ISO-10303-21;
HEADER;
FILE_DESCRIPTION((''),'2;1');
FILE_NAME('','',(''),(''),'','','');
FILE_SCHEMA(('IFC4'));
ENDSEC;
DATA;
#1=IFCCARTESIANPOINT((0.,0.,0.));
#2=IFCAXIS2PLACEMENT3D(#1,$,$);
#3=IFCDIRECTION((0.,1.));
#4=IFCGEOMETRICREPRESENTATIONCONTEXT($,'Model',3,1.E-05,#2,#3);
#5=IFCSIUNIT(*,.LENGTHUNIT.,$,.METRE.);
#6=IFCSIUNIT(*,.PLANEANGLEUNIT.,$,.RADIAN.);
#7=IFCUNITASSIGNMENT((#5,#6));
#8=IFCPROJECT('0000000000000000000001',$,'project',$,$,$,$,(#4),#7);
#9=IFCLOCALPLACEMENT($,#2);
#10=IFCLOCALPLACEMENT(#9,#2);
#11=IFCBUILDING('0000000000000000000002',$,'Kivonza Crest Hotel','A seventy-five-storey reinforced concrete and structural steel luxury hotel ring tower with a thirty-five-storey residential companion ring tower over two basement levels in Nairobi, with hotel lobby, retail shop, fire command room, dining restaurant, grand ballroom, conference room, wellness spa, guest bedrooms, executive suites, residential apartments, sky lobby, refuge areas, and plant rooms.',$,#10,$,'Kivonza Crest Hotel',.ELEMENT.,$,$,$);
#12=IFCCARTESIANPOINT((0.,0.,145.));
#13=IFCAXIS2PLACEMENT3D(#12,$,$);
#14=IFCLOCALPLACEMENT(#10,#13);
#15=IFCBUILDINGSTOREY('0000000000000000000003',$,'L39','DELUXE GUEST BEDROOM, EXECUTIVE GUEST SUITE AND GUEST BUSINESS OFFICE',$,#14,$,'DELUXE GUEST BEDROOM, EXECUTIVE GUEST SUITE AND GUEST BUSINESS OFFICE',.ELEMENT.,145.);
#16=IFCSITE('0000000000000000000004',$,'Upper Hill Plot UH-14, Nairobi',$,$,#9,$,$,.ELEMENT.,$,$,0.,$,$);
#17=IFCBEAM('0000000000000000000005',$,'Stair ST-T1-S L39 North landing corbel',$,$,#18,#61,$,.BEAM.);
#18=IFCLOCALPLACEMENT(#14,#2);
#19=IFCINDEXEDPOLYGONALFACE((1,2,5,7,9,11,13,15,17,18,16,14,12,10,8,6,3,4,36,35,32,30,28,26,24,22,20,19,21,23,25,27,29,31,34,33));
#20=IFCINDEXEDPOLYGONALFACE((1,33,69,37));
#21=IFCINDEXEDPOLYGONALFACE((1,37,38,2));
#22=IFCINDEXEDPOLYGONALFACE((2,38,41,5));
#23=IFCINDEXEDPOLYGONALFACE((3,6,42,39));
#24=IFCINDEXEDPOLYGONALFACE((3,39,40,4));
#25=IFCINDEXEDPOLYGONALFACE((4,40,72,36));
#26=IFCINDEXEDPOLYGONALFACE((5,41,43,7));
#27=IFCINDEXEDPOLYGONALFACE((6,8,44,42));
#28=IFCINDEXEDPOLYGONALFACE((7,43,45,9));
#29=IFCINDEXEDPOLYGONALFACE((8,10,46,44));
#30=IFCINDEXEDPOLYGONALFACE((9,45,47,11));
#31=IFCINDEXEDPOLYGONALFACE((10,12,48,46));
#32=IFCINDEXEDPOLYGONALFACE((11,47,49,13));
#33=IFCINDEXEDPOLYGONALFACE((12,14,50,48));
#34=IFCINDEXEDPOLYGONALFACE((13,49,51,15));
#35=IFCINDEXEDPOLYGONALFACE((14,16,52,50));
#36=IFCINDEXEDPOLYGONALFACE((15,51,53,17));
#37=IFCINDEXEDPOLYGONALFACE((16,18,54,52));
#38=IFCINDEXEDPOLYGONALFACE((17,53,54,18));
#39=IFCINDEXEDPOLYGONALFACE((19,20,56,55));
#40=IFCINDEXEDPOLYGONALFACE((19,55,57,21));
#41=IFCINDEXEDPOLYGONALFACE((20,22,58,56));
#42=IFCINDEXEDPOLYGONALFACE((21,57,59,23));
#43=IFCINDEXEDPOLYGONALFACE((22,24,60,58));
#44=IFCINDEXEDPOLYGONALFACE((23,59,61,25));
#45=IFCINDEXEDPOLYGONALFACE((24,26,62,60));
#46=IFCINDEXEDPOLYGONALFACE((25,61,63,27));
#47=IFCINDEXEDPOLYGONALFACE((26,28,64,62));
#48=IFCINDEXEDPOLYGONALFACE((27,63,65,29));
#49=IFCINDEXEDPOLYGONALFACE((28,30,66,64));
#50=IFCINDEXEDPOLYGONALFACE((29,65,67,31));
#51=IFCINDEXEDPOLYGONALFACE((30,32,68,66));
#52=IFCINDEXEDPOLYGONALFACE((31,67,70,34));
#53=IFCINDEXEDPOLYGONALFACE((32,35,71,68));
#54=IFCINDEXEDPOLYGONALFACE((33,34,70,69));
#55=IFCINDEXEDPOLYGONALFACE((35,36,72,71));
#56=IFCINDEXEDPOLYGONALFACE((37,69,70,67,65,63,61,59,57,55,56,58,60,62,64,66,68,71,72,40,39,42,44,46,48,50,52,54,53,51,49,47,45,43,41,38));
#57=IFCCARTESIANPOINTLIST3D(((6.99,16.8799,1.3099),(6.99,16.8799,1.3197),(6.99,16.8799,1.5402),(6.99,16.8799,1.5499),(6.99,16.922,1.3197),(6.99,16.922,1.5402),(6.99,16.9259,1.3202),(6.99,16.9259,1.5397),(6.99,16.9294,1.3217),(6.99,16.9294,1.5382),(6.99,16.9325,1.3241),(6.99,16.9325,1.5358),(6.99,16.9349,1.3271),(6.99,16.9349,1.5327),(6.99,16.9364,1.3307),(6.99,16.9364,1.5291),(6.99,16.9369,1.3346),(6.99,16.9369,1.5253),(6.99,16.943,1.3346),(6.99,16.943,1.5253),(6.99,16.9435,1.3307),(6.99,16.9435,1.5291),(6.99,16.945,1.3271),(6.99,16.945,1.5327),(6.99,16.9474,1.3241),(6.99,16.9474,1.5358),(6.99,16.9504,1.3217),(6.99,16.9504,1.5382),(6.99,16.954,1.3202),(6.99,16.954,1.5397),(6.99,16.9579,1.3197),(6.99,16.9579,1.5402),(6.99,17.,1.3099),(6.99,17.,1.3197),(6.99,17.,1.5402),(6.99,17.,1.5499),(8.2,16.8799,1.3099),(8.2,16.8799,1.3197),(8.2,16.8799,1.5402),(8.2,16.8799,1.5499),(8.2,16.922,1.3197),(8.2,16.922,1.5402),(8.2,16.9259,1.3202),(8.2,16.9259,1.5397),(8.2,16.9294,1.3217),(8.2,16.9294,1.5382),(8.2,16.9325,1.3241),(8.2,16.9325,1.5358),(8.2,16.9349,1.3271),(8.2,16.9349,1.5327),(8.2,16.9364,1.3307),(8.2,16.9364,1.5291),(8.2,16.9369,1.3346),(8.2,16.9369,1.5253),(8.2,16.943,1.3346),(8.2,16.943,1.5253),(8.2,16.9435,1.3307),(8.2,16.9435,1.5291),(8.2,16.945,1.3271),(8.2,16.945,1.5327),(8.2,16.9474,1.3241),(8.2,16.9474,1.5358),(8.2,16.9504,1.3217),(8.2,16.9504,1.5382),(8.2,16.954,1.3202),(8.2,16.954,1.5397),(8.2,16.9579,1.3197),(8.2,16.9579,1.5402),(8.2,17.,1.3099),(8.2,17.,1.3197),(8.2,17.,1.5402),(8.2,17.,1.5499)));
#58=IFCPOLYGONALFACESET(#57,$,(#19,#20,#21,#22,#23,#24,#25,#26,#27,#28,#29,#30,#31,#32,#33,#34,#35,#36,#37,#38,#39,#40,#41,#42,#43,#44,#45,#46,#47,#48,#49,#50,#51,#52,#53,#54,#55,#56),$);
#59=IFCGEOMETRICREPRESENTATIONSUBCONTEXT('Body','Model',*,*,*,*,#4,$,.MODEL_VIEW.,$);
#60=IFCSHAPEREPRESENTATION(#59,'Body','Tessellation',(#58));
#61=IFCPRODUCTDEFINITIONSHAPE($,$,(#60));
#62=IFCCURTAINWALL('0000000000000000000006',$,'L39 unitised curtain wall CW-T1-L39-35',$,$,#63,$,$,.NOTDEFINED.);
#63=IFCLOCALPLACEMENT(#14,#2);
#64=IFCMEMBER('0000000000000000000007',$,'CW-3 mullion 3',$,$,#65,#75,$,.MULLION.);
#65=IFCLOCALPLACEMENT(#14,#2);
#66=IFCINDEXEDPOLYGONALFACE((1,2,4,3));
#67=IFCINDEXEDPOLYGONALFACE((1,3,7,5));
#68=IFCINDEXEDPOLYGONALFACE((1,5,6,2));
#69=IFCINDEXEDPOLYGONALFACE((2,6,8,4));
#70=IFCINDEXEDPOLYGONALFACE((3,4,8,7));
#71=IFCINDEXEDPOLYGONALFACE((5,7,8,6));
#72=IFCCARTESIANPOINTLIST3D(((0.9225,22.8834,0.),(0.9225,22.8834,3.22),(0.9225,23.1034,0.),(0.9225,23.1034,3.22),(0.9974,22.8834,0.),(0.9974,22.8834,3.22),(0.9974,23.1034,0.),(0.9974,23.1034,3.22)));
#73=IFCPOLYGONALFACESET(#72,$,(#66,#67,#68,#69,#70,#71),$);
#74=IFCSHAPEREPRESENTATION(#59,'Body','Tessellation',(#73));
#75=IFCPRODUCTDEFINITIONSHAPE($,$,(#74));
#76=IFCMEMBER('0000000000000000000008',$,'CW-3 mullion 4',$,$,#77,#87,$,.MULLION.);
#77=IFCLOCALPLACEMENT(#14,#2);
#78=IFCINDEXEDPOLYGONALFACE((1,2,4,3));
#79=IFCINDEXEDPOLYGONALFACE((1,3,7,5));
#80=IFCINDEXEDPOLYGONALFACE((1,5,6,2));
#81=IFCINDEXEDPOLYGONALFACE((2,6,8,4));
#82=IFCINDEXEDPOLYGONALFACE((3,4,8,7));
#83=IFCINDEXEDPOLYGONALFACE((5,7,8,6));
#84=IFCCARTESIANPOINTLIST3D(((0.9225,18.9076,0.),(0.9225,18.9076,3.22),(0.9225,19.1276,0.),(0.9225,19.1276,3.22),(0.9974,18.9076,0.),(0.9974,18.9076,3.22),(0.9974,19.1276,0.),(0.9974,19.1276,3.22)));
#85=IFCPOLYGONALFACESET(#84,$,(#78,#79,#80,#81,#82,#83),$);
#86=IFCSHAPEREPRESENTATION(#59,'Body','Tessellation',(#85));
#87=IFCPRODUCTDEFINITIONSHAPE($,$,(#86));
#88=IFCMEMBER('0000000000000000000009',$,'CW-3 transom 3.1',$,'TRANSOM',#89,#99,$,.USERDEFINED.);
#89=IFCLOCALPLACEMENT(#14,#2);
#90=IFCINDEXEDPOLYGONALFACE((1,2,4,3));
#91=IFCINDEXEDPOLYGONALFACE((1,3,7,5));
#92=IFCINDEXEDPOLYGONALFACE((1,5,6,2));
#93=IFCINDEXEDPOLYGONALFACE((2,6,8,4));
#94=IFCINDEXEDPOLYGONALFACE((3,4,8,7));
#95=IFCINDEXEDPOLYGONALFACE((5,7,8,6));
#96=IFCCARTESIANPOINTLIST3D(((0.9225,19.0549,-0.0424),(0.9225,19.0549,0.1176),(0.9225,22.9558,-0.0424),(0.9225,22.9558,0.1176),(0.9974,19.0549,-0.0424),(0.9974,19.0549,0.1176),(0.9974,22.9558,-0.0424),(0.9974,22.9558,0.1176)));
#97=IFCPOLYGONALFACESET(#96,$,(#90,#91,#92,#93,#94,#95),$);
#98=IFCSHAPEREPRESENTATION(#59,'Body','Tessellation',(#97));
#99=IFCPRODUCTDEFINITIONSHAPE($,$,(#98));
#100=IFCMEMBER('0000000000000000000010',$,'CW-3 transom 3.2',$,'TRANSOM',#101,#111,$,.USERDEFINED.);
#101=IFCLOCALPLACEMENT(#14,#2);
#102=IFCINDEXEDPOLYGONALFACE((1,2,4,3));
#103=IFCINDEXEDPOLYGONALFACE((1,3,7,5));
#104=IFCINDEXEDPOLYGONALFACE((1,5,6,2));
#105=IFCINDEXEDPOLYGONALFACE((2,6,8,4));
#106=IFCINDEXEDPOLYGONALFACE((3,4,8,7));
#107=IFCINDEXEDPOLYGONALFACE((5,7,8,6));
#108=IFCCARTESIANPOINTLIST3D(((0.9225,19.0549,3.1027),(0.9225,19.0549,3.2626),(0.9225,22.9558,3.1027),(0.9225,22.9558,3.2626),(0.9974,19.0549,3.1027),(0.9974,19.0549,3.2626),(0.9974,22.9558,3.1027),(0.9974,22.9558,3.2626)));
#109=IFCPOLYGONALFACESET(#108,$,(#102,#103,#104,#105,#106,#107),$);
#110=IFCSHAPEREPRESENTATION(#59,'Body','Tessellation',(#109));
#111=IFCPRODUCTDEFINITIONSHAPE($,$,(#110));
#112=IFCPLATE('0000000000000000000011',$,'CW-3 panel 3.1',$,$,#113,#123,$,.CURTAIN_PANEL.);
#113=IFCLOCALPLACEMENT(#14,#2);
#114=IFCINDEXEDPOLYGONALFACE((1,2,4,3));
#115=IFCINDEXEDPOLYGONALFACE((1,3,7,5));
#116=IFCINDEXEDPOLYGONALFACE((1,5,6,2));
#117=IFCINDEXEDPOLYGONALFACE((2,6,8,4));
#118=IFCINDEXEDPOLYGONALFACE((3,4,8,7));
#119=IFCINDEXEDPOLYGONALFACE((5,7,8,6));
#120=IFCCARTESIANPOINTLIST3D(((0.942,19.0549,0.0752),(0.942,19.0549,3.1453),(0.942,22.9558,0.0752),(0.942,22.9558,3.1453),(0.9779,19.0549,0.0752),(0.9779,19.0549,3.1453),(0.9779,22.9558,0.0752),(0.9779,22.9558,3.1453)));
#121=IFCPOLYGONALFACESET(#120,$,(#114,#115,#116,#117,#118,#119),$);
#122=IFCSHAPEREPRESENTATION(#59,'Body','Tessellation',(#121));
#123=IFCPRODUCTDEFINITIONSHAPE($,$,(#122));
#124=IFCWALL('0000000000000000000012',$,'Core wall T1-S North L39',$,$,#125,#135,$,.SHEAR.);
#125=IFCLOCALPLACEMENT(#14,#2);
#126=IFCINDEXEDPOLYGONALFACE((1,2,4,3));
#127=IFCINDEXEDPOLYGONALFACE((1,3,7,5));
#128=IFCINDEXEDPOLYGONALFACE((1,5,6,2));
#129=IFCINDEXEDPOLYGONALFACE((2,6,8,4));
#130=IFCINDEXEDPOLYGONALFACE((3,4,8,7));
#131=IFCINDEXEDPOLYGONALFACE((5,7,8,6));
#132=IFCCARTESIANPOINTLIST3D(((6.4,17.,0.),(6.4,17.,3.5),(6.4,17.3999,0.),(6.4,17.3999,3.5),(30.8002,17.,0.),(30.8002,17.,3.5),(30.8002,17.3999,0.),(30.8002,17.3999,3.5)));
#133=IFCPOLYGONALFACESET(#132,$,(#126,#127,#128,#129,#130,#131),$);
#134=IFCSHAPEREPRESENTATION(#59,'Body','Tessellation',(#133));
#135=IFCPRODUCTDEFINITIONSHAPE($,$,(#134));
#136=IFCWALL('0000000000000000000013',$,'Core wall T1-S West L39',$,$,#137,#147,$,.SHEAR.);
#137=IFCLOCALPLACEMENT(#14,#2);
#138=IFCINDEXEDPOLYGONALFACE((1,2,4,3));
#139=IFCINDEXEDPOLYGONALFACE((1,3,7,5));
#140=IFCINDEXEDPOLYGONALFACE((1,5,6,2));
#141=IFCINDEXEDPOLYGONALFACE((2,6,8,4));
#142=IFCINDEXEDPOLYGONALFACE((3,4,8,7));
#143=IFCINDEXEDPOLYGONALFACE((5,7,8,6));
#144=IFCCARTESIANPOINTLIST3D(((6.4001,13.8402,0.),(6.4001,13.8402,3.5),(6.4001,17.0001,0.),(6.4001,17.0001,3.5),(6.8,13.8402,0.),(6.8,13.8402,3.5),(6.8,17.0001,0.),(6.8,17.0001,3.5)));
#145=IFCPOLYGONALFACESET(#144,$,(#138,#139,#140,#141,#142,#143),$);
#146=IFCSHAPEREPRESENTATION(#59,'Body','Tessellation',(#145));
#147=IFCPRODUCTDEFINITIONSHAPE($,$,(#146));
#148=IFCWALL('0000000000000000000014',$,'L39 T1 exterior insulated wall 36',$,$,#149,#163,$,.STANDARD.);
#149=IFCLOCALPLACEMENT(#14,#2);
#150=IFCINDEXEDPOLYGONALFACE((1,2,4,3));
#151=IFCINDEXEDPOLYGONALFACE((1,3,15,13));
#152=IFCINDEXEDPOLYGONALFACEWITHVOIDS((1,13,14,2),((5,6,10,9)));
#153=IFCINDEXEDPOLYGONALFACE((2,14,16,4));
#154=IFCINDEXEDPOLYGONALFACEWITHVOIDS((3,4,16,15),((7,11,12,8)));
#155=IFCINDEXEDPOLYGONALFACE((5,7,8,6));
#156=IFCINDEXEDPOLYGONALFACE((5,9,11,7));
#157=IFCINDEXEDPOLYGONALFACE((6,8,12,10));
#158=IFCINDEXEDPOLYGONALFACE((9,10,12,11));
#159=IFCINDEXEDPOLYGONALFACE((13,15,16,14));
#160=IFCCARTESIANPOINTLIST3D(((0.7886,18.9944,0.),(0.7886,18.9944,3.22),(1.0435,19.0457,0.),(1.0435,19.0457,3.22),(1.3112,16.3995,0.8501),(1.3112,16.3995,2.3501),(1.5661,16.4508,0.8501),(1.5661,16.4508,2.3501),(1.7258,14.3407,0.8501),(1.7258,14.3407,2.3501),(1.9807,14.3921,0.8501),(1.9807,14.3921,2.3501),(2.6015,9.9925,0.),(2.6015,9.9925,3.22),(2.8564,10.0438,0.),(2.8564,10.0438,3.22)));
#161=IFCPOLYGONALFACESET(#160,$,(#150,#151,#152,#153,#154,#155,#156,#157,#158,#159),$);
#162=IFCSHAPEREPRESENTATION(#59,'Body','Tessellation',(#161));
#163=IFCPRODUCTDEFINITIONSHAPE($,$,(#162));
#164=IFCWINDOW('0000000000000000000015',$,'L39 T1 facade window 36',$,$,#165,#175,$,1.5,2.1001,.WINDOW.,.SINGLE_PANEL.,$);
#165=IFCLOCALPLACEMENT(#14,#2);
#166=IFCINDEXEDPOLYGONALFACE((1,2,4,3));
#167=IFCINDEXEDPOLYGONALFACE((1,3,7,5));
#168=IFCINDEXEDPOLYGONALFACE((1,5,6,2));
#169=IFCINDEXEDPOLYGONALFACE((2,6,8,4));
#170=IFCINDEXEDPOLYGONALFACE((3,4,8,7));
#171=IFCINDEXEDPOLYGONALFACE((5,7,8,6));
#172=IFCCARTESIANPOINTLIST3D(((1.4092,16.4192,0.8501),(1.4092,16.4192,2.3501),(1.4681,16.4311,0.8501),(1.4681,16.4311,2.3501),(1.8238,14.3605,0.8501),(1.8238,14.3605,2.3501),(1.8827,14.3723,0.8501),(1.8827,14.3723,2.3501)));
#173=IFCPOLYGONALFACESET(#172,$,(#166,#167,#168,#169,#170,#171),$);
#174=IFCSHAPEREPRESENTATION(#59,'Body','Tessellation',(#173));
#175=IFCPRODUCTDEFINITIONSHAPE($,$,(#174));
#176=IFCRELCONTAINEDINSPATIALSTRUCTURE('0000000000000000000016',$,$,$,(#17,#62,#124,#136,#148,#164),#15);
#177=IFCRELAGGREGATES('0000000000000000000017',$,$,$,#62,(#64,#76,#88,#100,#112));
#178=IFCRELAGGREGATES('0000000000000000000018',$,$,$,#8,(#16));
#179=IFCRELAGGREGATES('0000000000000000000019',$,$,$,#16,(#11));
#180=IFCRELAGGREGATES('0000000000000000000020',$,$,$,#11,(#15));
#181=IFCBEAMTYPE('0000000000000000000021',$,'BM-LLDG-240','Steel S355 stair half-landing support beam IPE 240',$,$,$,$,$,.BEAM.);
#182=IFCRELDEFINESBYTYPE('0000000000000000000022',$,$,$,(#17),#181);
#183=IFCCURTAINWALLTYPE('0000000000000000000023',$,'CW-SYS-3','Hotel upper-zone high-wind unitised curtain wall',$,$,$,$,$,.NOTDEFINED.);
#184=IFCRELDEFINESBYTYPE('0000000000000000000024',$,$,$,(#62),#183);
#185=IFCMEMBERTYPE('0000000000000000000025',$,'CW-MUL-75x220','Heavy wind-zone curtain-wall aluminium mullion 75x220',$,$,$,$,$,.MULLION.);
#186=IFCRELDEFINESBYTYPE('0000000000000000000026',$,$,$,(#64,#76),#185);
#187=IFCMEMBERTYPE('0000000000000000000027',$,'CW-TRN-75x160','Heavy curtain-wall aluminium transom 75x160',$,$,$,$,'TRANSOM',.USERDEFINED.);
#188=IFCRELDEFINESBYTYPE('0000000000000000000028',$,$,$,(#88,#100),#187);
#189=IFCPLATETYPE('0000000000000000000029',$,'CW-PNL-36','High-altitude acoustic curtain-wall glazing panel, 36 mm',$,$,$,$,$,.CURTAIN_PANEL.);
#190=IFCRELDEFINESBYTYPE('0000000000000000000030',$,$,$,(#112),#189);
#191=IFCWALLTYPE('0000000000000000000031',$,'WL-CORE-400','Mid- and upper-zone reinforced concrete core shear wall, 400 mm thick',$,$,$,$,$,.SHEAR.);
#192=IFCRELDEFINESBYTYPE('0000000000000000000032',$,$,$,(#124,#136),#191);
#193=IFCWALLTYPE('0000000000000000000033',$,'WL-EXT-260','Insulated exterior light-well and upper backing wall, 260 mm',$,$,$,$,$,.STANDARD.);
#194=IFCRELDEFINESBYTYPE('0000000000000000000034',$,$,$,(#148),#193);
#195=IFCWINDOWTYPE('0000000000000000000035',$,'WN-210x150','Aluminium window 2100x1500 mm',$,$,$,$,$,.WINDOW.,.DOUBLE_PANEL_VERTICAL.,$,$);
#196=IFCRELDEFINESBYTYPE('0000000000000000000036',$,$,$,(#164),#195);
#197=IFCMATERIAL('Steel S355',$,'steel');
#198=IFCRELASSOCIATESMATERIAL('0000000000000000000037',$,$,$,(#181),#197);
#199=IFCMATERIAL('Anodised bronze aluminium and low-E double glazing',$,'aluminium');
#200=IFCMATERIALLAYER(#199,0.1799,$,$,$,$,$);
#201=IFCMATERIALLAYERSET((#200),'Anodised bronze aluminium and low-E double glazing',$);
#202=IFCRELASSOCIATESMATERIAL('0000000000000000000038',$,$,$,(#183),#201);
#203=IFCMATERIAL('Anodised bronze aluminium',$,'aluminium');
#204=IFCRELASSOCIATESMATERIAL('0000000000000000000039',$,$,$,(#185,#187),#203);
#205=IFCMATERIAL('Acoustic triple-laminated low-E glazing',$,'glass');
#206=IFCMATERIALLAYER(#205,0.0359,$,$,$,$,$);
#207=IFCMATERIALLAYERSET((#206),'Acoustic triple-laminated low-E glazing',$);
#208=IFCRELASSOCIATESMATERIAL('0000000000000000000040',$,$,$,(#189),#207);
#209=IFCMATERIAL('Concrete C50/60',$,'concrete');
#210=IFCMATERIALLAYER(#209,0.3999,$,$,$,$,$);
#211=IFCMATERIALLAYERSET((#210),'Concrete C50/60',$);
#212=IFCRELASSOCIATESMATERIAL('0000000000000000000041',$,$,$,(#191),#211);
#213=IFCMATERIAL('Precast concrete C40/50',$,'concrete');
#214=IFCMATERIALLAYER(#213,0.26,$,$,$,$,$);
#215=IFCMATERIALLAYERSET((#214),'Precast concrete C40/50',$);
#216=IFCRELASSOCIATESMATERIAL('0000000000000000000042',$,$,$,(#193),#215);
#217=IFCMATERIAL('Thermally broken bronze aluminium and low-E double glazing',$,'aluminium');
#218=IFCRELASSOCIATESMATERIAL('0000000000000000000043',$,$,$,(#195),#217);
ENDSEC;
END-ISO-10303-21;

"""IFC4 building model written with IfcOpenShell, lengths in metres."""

from ifc_helpers import new_model, si_unit, direction, frame, frame_2d, origin, origin_2d, place, context, subcontext, project, spatial, rectangle, i_section, extrude, material, layer, layer_set, material_profile, profile_set, type_object, element, fill, aggregate, save


model = new_model("IFC4")

# Units and contexts
model_context = context("Model", 3, precision=1e-05, world=origin(), true_north=direction((0.0, 1.0)))
body_context = subcontext(model_context, "Body", "Model", "MODEL_VIEW")
ifc_project = project(units=[si_unit("LENGTHUNIT", "METRE"), si_unit("PLANEANGLEUNIT", "RADIAN")], contexts=[model_context])

# Site, building, storey
site_placement = place(None, origin())
site = spatial("IfcSite", under=ifc_project, at=site_placement, Name="Upper Hill Plot UH-14, Nairobi", CompositionType="ELEMENT", RefElevation=0.0)
building_placement = place(site_placement, origin())
building = spatial("IfcBuilding", under=site, at=building_placement, Name="Kivonza Crest Hotel", Description="A seventy-five-storey reinforced concrete and structural steel luxury hotel ring tower with a thirty-five-storey residential companion ring tower over two basement levels in Nairobi, with hotel lobby, retail shop, fire command room, dining restaurant, grand ballroom, conference room, wellness spa, guest bedrooms, executive suites, residential apartments, sky lobby, refuge areas, and plant rooms.", LongName="Kivonza Crest Hotel", CompositionType="ELEMENT")
storey_placement = place(building_placement, frame((0.0, 0.0, 145.0)))
storey = spatial("IfcBuildingStorey", under=building, at=storey_placement, Name="L39", Description="DELUXE GUEST BEDROOM, EXECUTIVE GUEST SUITE AND GUEST BUSINESS OFFICE", LongName="DELUXE GUEST BEDROOM, EXECUTIVE GUEST SUITE AND GUEST BUSINESS OFFICE", CompositionType="ELEMENT", Elevation=145.0)

# Shared definitions
ifc_material_1 = material(Name="Concrete C50/60", Category="concrete")

# Beam
ifc_material_2 = material(Name="Steel S355", Category="steel")
ifc_material_profile_1 = material_profile(ifc_material_2, i_section(OverallWidth=0.1201, OverallDepth=0.24, WebThickness=0.0061, FlangeThickness=0.0098, FilletRadius=0.0149, at=origin_2d()), Name="IPE 240")
ifc_profile_set_1 = profile_set([ifc_material_profile_1], Name="Steel S355")
beam_type_1 = type_object("IfcBeamType", Name="BM-LLDG-240", Description="Steel S355 stair half-landing support beam IPE 240", PredefinedType="BEAM", material=ifc_profile_set_1)
for number, where, z_axis, x_axis, name in (
    (1, (6.99, 16.9399, 1.4299), (1.0, 0.0, 0.0), (0.0, 1.0, 0.0), "Stair ST-T1-S L39 North landing corbel"),
):
    element("IfcBeam", number, at=place(storey_placement, frame(where, z_axis=z_axis, x_axis=x_axis)), inside=storey, type_object=beam_type_1, Name=name, PredefinedType="BEAM", context=body_context, shape_type="SweptSolid", body=[
        extrude(i_section(OverallWidth=0.1201, OverallDepth=0.24, WebThickness=0.0061, FlangeThickness=0.0098, FilletRadius=0.0149, at=origin_2d()), origin(), (0.0, 0.0, 1.0), 1.21),
    ])

# Curtain wall, members, plate
ifc_material_3 = material(Name="Anodised bronze aluminium and low-E double glazing", Category="aluminium")
ifc_layer_1 = layer(ifc_material_3, 0.1799)
ifc_layer_set_1 = layer_set([ifc_layer_1], Name="Anodised bronze aluminium and low-E double glazing")
curtain_wall_type = type_object("IfcCurtainWallType", Name="CW-SYS-3", Description="Hotel upper-zone high-wind unitised curtain wall", PredefinedType="NOTDEFINED", material=ifc_layer_set_1)
curtain_wall_placement = place(storey_placement, origin())
curtain_wall = element("IfcCurtainWall", 2, at=curtain_wall_placement, inside=storey, type_object=curtain_wall_type, Name="L39 unitised curtain wall CW-T1-L39-35", PredefinedType="NOTDEFINED")
ifc_material_4 = material(Name="Anodised bronze aluminium", Category="aluminium")
ifc_material_profile_2 = material_profile(ifc_material_4, rectangle(XDim=0.075, YDim=0.22, at=origin_2d()), Name="CW-M 75x220")
ifc_profile_set_2 = profile_set([ifc_material_profile_2], Name="Anodised bronze aluminium")
member_type_1 = type_object("IfcMemberType", Name="CW-MUL-75x220", Description="Heavy wind-zone curtain-wall aluminium mullion 75x220", PredefinedType="MULLION", material=ifc_profile_set_2)
member_1_placement = place(storey_placement, frame((0.96, 22.9934, 0.0), z_axis=(0.0, 0.0, 1.0), x_axis=(1.0, 0.0, 0.0)))
member_1 = element("IfcMember", 3, at=member_1_placement, type_object=member_type_1, Name="CW-3 mullion 3", PredefinedType="MULLION", context=body_context, shape_type="SweptSolid", body=[
    extrude(rectangle(XDim=0.075, YDim=0.22, at=origin_2d()), origin(), (0.0, 0.0, 1.0), 3.22),
])
member_2_placement = place(storey_placement, frame((0.96, 19.0176, 0.0), z_axis=(0.0, 0.0, 1.0), x_axis=(1.0, 0.0, 0.0)))
member_2 = element("IfcMember", 4, at=member_2_placement, type_object=member_type_1, Name="CW-3 mullion 4", PredefinedType="MULLION", context=body_context, shape_type="SweptSolid", body=[
    extrude(rectangle(XDim=0.075, YDim=0.22, at=origin_2d()), origin(), (0.0, 0.0, 1.0), 3.22),
])
ifc_material_profile_3 = material_profile(ifc_material_4, rectangle(XDim=0.075, YDim=0.1599, at=origin_2d()), Name="CW-T 75x160")
ifc_profile_set_3 = profile_set([ifc_material_profile_3], Name="Anodised bronze aluminium")
member_type_2 = type_object("IfcMemberType", Name="CW-TRN-75x160", Description="Heavy curtain-wall aluminium transom 75x160", ElementType="TRANSOM", PredefinedType="USERDEFINED", material=ifc_profile_set_3)
member_3_placement = place(storey_placement, frame((0.96, 22.9558, 0.0376), z_axis=(0.0, -1.0, 0.0), x_axis=(1.0, 0.0, 0.0)))
member_3 = element("IfcMember", 5, at=member_3_placement, type_object=member_type_2, Name="CW-3 transom 3.1", ObjectType="TRANSOM", PredefinedType="USERDEFINED", context=body_context, shape_type="SweptSolid", body=[
    extrude(rectangle(XDim=0.075, YDim=0.1599, at=origin_2d()), origin(), (0.0, 0.0, 1.0), 3.9009),
])
member_4_placement = place(storey_placement, frame((0.96, 22.9558, 3.1826), z_axis=(0.0, -1.0, 0.0), x_axis=(1.0, 0.0, 0.0)))
member_4 = element("IfcMember", 6, at=member_4_placement, type_object=member_type_2, Name="CW-3 transom 3.2", ObjectType="TRANSOM", PredefinedType="USERDEFINED", context=body_context, shape_type="SweptSolid", body=[
    extrude(rectangle(XDim=0.075, YDim=0.1599, at=origin_2d()), origin(), (0.0, 0.0, 1.0), 3.9009),
])
ifc_material_5 = material(Name="Acoustic triple-laminated low-E glazing", Category="glass")
ifc_layer_2 = layer(ifc_material_5, 0.0359)
ifc_layer_set_2 = layer_set([ifc_layer_2], Name="Acoustic triple-laminated low-E glazing")
plate_type = type_object("IfcPlateType", Name="CW-PNL-36", Description="High-altitude acoustic curtain-wall glazing panel, 36 mm", PredefinedType="CURTAIN_PANEL", material=ifc_layer_set_2)
plate_placement = place(storey_placement, frame((0.96, 21.0054, 0.0752), z_axis=(0.0, 0.0, 1.0), x_axis=(0.0, -1.0, 0.0)))
plate = element("IfcPlate", 7, at=plate_placement, type_object=plate_type, Name="CW-3 panel 3.1", PredefinedType="CURTAIN_PANEL", context=body_context, shape_type="SweptSolid", body=[
    extrude(rectangle(XDim=3.9009, YDim=0.0359, at=origin_2d()), origin(), (0.0, 0.0, 1.0), 3.0701),
])
aggregate(curtain_wall, [member_1, member_2, member_3, member_4, plate])

# Shared definitions
ifc_layer_3 = layer(ifc_material_1, 0.3999)
ifc_layer_set_3 = layer_set([ifc_layer_3], Name="Concrete C50/60")
wall_type_1 = type_object("IfcWallType", Name="WL-CORE-400", Description="Mid- and upper-zone reinforced concrete core shear wall, 400 mm thick", PredefinedType="SHEAR", material=ifc_layer_set_3)

# Walls
wall_1_placement = place(storey_placement, frame((6.3999, 17.2, 0.0), z_axis=(0.0, 0.0, 1.0), x_axis=(1.0, 0.0, 0.0)))
element("IfcWall", 8, at=wall_1_placement, inside=storey, type_object=wall_type_1, Name="Core wall T1-S North L39", PredefinedType="SHEAR", context=body_context, shape_type="SweptSolid", body=[
    extrude(rectangle(XDim=24.4001, YDim=0.3999, at=frame_2d((12.2002, 0.0))), origin(), (0.0, 0.0, 1.0), 3.5),
])
wall_2_placement = place(storey_placement, frame((6.6001, 13.8401, 0.0), z_axis=(0.0, 0.0, 1.0), x_axis=(0.0, 1.0, 0.0)))
element("IfcWall", 9, at=wall_2_placement, inside=storey, type_object=wall_type_1, Name="Core wall T1-S West L39", PredefinedType="SHEAR", context=body_context, shape_type="SweptSolid", body=[
    extrude(rectangle(XDim=3.1599, YDim=0.3999, at=frame_2d((1.5801, 0.0))), origin(), (0.0, 0.0, 1.0), 3.5),
])

# Wall, opening, window
ifc_material_6 = material(Name="Precast concrete C40/50", Category="concrete")
ifc_layer_4 = layer(ifc_material_6, 0.26)
ifc_layer_set_4 = layer_set([ifc_layer_4], Name="Precast concrete C40/50")
wall_type_2 = type_object("IfcWallType", Name="WL-EXT-260", Description="Insulated exterior light-well and upper backing wall, 260 mm", PredefinedType="STANDARD", material=ifc_layer_set_4)
wall_3_placement = place(storey_placement, frame((0.916, 19.02, 0.0), z_axis=(0.0, 0.0, 1.0), x_axis=(0.197435, -0.980316, 0.0)))
wall_3 = element("IfcWall", 10, at=wall_3_placement, inside=storey, type_object=wall_type_2, Name="L39 T1 exterior insulated wall 36", PredefinedType="STANDARD", context=body_context, shape_type="SweptSolid", body=[
    extrude(rectangle(XDim=9.1826, YDim=0.26, at=frame_2d((4.5913, 0.0))), origin(), (0.0, 0.0, 1.0), 3.22),
])
opening_1_placement = place(wall_3_placement, frame((2.647, 0.0, 0.8501)))
opening_1 = element("IfcOpeningElement", 11, at=opening_1_placement, cuts=wall_3, PredefinedType="OPENING", context=body_context, shape_type="SweptSolid", body=[
    extrude(rectangle(XDim=2.1001, YDim=1.5, at=frame_2d((1.05, 0.75))), frame((0.0, 0.1401, 0.0), z_axis=(0.0, -1.0, 0.0), x_axis=(1.0, 0.0, 0.0)), (0.0, 0.0, 1.0), 0.28),
])
ifc_material_7 = material(Name="Thermally broken bronze aluminium and low-E double glazing", Category="aluminium")
window_type = type_object("IfcWindowType", Name="WN-210x150", Description="Aluminium window 2100x1500 mm", PartitioningType="DOUBLE_PANEL_VERTICAL", PredefinedType="WINDOW", material=ifc_material_7)
window_placement = place(opening_1_placement, origin())
window = element("IfcWindow", 12, at=window_placement, inside=storey, type_object=window_type, Name="L39 T1 facade window 36", OverallHeight=1.5, OverallWidth=2.1001, PartitioningType="SINGLE_PANEL", PredefinedType="WINDOW", context=body_context, shape_type="SweptSolid", body=[
    extrude(rectangle(XDim=2.1001, YDim=1.5, at=frame_2d((1.05, 0.75))), frame((0.0, 0.03, 0.0), z_axis=(0.0, -1.0, 0.0), x_axis=(1.0, 0.0, 0.0)), (0.0, 0.0, 1.0), 0.0601),
])
fill(opening_1, window)

save(model, "model.ifc")
